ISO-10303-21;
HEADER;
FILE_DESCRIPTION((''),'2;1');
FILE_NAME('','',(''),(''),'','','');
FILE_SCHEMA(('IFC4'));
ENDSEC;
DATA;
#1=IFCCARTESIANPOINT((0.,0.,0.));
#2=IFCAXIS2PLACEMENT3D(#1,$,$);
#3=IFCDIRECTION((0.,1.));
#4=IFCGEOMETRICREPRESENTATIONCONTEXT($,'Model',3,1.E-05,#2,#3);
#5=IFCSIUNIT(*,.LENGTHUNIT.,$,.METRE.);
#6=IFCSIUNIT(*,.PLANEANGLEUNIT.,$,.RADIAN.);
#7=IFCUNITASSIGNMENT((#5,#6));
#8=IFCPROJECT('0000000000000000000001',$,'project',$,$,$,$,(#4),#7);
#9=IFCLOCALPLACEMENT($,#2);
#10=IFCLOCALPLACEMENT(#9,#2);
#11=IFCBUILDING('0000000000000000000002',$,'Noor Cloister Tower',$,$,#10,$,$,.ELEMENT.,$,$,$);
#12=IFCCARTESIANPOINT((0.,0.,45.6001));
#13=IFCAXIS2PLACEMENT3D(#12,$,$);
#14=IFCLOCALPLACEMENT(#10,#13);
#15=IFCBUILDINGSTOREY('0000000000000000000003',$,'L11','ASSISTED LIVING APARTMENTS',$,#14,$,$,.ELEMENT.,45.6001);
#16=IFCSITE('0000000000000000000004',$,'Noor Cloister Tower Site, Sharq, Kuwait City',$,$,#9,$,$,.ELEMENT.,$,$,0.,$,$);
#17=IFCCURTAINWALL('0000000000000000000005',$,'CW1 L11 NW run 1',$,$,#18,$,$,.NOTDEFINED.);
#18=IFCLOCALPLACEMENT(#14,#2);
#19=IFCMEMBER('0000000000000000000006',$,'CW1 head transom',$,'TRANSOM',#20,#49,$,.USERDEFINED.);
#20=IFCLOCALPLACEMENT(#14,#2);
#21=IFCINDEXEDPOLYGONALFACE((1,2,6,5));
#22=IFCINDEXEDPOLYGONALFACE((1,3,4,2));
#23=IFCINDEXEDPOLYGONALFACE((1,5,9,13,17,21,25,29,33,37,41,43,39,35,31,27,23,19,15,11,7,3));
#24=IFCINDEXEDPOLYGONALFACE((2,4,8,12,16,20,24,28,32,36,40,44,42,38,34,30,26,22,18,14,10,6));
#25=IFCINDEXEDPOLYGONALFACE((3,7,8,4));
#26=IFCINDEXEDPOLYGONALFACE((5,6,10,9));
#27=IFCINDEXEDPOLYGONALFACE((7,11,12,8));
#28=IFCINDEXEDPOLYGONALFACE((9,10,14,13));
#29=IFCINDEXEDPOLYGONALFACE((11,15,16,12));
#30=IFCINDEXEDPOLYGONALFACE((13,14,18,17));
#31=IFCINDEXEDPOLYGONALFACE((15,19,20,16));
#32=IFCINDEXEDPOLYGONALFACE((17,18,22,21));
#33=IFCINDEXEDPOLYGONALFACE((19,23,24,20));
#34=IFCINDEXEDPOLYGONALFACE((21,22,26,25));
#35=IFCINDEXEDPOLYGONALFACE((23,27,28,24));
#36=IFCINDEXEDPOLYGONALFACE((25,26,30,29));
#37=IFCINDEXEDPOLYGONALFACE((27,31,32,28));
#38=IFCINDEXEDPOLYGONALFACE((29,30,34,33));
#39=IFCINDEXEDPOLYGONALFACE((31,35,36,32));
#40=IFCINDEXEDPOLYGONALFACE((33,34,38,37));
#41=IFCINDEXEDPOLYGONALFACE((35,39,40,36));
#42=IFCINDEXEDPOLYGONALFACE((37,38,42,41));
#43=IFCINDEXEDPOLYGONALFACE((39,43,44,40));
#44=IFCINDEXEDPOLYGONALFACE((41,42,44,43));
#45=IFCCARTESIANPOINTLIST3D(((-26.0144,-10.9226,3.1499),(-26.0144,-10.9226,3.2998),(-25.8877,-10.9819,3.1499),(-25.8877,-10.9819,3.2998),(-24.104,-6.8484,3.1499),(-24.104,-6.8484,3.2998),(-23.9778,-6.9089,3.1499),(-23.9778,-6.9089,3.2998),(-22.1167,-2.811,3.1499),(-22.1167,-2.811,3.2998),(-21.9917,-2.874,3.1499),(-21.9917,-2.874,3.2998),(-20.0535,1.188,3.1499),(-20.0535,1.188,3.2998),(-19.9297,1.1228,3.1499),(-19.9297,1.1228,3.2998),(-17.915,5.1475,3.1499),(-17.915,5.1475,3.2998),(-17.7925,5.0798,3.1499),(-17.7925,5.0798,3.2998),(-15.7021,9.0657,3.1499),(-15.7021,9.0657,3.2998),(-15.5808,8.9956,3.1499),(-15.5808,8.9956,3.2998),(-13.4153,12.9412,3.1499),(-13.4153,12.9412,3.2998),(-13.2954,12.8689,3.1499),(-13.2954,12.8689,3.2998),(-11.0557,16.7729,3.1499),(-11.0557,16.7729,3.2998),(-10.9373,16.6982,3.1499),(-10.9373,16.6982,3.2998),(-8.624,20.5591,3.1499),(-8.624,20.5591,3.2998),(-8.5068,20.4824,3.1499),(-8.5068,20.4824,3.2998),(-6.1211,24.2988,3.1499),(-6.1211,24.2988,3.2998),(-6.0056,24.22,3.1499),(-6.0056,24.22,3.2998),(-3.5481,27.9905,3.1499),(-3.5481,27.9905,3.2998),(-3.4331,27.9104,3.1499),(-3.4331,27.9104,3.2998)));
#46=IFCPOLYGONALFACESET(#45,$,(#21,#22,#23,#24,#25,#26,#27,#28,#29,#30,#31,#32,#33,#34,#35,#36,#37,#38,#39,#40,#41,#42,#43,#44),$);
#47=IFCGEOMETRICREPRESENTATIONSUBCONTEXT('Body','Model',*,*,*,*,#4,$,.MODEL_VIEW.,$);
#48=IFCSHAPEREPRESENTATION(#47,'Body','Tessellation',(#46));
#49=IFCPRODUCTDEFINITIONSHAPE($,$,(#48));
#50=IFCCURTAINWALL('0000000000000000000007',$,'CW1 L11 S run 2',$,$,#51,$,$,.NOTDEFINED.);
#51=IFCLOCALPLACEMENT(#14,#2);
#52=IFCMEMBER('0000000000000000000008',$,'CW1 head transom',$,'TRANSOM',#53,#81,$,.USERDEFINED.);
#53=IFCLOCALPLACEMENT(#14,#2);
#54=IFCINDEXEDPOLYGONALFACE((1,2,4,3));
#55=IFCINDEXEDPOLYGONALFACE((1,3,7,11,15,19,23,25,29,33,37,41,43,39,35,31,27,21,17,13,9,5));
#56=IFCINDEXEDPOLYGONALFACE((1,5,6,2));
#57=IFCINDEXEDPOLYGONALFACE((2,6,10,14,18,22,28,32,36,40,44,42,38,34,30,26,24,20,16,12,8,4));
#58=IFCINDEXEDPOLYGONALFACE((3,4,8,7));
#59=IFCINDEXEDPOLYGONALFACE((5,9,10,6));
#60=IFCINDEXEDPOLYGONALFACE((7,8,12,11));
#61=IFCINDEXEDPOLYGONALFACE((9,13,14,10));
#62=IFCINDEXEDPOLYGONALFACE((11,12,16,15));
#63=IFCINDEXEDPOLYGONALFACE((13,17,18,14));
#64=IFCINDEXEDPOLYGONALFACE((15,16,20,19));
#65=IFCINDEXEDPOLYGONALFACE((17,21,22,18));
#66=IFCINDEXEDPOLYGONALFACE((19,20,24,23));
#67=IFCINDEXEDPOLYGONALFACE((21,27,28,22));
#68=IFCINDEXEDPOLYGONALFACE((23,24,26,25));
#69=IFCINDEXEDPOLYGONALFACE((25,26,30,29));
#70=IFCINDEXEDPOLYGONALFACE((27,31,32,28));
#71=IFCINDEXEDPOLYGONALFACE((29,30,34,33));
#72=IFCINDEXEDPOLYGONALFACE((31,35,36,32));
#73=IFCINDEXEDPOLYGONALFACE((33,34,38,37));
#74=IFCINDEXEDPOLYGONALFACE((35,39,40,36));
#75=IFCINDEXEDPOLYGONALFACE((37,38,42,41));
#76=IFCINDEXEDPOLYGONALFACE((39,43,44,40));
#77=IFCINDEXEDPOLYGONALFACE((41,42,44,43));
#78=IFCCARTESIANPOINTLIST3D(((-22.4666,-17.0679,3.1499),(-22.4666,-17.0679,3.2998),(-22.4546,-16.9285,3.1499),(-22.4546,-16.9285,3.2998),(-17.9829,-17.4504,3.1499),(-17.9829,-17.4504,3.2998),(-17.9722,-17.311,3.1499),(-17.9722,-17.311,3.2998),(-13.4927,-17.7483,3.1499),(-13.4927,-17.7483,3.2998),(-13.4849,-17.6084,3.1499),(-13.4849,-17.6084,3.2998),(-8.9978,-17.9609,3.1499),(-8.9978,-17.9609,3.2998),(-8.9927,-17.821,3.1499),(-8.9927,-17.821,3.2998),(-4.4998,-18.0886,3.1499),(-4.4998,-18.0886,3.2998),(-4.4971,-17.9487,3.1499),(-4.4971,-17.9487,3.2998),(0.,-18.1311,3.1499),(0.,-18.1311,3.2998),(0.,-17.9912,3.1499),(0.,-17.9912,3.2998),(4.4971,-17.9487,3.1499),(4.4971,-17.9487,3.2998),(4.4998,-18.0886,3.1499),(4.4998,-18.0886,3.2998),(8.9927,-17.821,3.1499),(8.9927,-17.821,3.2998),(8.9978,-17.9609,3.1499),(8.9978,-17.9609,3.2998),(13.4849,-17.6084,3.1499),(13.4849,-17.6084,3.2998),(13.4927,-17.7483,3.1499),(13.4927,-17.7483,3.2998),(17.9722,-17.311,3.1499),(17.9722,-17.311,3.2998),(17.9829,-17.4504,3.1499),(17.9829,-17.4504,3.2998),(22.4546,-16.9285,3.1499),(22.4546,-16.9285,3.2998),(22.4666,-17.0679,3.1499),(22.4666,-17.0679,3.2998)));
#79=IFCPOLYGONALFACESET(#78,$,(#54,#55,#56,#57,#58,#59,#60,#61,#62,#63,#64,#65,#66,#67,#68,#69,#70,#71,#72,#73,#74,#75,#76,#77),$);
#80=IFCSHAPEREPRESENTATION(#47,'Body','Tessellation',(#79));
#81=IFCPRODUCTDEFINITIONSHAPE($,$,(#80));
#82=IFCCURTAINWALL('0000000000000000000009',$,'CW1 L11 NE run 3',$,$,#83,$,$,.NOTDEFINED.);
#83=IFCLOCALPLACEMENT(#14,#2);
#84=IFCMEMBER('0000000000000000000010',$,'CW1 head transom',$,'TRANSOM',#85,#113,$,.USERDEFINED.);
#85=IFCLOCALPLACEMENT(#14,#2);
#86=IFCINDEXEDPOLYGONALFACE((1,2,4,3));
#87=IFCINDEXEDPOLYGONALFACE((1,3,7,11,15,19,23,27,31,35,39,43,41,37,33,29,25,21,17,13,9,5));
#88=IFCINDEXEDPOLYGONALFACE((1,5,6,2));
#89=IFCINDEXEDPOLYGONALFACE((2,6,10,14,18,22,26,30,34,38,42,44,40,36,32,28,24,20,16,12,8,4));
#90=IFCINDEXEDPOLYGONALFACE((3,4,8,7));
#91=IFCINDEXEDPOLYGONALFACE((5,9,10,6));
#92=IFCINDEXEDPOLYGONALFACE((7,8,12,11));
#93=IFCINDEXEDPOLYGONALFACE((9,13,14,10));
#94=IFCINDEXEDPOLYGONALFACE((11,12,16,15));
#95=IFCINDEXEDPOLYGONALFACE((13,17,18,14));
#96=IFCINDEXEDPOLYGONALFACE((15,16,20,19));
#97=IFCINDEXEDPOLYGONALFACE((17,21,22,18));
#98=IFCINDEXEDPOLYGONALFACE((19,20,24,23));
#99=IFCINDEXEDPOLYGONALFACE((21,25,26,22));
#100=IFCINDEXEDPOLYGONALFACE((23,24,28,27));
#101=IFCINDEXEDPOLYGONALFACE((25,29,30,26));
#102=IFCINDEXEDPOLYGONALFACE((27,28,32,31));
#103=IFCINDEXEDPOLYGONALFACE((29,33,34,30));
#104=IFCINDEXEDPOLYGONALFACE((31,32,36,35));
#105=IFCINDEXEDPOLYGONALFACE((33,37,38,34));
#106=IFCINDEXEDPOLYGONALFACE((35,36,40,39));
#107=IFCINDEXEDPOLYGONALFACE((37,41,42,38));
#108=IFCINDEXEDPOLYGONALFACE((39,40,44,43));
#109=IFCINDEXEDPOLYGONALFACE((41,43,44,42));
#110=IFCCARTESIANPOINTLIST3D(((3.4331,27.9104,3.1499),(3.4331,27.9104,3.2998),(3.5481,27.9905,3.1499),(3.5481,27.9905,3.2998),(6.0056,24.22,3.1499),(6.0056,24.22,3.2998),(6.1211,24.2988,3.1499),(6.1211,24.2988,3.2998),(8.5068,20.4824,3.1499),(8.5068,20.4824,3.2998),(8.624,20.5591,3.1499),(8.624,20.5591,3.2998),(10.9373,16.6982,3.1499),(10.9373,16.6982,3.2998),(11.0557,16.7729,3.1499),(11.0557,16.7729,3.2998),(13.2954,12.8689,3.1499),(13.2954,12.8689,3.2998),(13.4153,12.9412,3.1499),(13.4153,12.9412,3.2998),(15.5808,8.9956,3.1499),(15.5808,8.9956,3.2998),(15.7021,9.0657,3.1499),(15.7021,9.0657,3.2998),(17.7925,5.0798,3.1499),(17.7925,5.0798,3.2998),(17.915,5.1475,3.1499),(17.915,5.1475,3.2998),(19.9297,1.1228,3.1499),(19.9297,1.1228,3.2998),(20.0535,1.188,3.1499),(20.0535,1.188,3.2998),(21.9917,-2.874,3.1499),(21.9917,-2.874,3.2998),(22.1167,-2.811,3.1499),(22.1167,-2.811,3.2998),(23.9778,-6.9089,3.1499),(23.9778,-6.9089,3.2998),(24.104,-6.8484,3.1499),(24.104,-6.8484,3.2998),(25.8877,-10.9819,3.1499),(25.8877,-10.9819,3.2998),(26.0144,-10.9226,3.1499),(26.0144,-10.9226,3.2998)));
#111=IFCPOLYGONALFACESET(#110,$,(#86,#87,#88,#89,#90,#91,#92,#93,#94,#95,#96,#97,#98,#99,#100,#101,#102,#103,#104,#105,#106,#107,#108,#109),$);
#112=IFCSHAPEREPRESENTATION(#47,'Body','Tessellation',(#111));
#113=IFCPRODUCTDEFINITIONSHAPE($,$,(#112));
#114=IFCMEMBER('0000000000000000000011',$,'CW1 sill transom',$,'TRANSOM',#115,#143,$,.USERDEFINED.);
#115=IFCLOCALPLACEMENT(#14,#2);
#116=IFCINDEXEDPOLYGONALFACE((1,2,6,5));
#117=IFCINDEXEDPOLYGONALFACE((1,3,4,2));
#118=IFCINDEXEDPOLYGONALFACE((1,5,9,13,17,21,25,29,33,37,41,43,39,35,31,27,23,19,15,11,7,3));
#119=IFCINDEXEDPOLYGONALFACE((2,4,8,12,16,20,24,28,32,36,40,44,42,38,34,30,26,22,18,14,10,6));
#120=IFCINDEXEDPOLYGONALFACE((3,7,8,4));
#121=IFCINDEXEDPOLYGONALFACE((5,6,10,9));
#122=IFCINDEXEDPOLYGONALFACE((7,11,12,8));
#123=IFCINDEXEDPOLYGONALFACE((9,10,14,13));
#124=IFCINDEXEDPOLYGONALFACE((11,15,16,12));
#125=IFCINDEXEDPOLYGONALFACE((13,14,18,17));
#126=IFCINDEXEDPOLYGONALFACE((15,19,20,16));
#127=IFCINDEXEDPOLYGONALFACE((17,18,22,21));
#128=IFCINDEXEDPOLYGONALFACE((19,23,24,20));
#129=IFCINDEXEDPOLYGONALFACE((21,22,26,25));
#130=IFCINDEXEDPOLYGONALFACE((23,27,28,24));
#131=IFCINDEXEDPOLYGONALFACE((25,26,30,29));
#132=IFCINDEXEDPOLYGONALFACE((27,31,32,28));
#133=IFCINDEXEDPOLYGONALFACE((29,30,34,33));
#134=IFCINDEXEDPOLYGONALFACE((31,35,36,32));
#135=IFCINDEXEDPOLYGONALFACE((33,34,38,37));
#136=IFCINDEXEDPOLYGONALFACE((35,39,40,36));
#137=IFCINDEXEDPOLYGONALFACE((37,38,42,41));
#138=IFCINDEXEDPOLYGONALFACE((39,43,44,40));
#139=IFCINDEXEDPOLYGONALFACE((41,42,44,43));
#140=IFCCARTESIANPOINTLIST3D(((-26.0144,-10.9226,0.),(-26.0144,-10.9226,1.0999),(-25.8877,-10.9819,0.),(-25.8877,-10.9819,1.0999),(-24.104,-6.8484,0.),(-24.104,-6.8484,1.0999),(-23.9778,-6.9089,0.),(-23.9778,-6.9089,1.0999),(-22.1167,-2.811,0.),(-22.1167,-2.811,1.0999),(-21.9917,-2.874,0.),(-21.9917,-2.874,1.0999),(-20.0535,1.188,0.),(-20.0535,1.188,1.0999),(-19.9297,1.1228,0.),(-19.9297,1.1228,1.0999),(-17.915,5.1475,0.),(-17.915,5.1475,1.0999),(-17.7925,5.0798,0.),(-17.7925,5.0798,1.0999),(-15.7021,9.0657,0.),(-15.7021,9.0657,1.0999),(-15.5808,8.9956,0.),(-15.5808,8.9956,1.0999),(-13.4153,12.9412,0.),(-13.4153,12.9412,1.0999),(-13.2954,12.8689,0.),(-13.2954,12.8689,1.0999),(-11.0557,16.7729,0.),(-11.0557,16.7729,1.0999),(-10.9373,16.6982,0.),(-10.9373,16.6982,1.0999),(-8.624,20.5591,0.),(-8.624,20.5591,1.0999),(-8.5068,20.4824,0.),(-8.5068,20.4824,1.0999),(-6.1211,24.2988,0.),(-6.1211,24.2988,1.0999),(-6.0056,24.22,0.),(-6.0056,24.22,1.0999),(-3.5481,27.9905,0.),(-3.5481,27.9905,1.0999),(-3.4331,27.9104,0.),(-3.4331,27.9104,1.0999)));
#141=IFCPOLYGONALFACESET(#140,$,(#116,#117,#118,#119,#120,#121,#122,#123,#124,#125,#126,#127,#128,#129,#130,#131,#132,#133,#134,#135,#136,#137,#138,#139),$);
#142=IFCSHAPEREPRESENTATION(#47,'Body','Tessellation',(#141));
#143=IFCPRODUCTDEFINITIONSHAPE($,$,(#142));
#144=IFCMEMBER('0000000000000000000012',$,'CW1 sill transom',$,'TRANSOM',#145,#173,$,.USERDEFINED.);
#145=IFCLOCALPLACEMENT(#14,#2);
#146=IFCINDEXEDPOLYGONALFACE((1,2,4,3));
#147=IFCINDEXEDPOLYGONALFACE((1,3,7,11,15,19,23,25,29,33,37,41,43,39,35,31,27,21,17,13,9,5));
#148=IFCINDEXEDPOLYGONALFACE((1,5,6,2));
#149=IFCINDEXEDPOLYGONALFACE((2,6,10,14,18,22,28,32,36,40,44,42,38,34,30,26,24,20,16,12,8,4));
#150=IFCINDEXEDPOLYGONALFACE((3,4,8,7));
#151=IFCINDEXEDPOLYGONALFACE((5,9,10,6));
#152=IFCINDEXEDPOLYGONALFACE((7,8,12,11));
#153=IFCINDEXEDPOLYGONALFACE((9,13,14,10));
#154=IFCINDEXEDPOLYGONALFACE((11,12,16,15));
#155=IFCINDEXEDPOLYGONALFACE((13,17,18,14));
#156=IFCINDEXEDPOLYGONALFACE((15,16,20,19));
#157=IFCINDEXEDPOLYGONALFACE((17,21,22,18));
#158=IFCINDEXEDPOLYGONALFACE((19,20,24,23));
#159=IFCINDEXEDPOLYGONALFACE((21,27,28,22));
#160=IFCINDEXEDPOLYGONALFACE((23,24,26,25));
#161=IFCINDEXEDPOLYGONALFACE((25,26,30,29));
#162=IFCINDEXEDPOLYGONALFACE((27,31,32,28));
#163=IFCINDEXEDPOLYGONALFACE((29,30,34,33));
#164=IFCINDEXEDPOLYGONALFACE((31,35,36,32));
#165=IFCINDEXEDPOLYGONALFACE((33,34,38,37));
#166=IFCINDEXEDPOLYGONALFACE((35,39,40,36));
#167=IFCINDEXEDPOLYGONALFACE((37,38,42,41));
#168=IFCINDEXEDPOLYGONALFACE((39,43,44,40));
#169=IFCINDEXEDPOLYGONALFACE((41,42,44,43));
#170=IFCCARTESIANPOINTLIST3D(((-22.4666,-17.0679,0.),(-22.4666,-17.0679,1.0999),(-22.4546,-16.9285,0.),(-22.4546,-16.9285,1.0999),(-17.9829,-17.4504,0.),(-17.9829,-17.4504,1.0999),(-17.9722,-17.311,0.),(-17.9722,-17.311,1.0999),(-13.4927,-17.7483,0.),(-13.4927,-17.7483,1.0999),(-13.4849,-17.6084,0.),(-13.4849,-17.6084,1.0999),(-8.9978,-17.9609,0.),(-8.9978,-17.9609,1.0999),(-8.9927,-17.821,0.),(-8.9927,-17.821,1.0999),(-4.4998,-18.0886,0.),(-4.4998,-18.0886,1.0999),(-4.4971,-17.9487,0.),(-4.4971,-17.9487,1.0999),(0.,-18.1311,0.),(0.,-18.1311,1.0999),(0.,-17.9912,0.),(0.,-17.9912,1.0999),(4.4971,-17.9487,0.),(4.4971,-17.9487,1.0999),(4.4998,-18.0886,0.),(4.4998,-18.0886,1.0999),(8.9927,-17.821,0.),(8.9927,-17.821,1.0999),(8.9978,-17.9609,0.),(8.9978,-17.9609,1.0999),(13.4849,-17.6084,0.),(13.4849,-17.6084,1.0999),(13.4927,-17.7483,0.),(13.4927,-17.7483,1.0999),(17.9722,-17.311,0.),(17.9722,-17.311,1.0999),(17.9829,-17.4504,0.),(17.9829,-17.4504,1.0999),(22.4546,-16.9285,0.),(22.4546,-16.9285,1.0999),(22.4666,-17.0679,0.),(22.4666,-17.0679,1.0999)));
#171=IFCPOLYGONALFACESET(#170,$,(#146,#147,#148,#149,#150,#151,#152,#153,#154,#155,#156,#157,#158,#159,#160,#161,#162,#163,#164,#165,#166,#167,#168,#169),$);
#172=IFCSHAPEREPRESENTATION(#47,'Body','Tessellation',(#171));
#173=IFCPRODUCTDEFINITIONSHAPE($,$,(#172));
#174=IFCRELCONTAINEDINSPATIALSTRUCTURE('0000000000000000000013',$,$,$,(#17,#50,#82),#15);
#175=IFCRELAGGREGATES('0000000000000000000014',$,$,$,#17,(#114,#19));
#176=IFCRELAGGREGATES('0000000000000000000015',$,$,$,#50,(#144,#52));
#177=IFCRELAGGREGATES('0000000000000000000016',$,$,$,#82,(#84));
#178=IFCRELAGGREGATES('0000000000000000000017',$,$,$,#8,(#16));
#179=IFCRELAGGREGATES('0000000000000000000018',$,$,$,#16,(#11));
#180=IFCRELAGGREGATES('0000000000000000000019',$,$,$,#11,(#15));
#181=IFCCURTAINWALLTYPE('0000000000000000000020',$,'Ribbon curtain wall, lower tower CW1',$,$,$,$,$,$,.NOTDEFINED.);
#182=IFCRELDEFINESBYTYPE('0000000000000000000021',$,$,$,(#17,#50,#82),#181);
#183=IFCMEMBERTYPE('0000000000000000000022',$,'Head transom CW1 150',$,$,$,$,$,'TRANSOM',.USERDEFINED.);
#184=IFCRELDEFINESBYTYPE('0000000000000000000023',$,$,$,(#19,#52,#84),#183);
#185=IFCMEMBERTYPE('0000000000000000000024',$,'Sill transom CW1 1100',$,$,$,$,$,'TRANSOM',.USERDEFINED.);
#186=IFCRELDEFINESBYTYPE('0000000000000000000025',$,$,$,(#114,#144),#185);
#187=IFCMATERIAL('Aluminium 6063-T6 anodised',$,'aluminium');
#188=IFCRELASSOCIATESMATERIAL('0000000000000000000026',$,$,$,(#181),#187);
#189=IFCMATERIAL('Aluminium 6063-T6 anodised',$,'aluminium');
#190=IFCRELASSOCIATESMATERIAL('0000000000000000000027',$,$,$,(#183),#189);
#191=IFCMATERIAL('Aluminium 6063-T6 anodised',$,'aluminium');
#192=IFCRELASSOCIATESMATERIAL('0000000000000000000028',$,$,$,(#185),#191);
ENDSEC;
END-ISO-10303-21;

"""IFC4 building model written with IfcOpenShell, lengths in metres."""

from ifc_helpers import new_model, si_unit, direction, frame, origin, place, context, subcontext, project, spatial, polyline, outline, extrude, material, type_object, element, aggregate, save


model = new_model("IFC4")

# Units and contexts
model_context = context("Model", 3, precision=1e-05, world=origin(), true_north=direction((0.0, 1.0)))
body_context = subcontext(model_context, "Body", "Model", "MODEL_VIEW")
ifc_project = project(units=[si_unit("LENGTHUNIT", "METRE"), si_unit("PLANEANGLEUNIT", "RADIAN")], contexts=[model_context])

# Site, building, storey
site_placement = place(None, origin())
site = spatial("IfcSite", under=ifc_project, at=site_placement, Name="Noor Cloister Tower Site, Sharq, Kuwait City", CompositionType="ELEMENT", RefElevation=0.0)
building_placement = place(site_placement, origin())
building = spatial("IfcBuilding", under=site, at=building_placement, Name="Noor Cloister Tower", CompositionType="ELEMENT")
storey_placement = place(building_placement, frame((0.0, 0.0, 45.6001)))
storey = spatial("IfcBuildingStorey", under=building, at=storey_placement, Name="L11", Description="ASSISTED LIVING APARTMENTS", CompositionType="ELEMENT", Elevation=45.6001)

# Curtain walls, members
ifc_material_1 = material(Name="Aluminium 6063-T6 anodised", Category="aluminium")
curtain_wall_type = type_object("IfcCurtainWallType", Name="Ribbon curtain wall, lower tower CW1", PredefinedType="NOTDEFINED", material=ifc_material_1)
curtain_wall_1_placement = place(storey_placement, origin())
curtain_wall_1 = element("IfcCurtainWall", 1, at=curtain_wall_1_placement, inside=storey, type_object=curtain_wall_type, Name="CW1 L11 NW run 1", PredefinedType="NOTDEFINED")
ifc_material_2 = material(Name="Aluminium 6063-T6 anodised", Category="aluminium")
member_type_1 = type_object("IfcMemberType", Name="Head transom CW1 150", ElementType="TRANSOM", PredefinedType="USERDEFINED", material=ifc_material_2)
member_1_placement = place(storey_placement, frame((0.0, 0.0, 3.1499)))
member_1 = element("IfcMember", 2, at=member_1_placement, type_object=member_type_1, Name="CW1 head transom", ObjectType="TRANSOM", PredefinedType="USERDEFINED", context=body_context, shape_type="SweptSolid", body=[
    extrude(outline(polyline([(-3.5481, 27.9905), (-6.1211, 24.2988), (-8.624, 20.5591), (-11.0557, 16.7729), (-13.4153, 12.9412), (-15.7021, 9.0657), (-17.915, 5.1475), (-20.0535, 1.188), (-22.1167, -2.811), (-24.104, -6.8484), (-26.0144, -10.9226), (-25.8877, -10.9819), (-23.9778, -6.9089), (-21.9917, -2.874), (-19.9297, 1.1228), (-17.7925, 5.0798), (-15.5808, 8.9956), (-13.2954, 12.8689), (-10.9373, 16.6982), (-8.5068, 20.4824), (-6.0056, 24.22), (-3.4331, 27.9104), (-3.5481, 27.9905)])), origin(), (0.0, 0.0, 1.0), 0.1499),
])
curtain_wall_2_placement = place(storey_placement, origin())
curtain_wall_2 = element("IfcCurtainWall", 3, at=curtain_wall_2_placement, inside=storey, type_object=curtain_wall_type, Name="CW1 L11 S run 2", PredefinedType="NOTDEFINED")
member_2_placement = place(storey_placement, frame((0.0, 0.0, 3.1499)))
member_2 = element("IfcMember", 4, at=member_2_placement, type_object=member_type_1, Name="CW1 head transom", ObjectType="TRANSOM", PredefinedType="USERDEFINED", context=body_context, shape_type="SweptSolid", body=[
    extrude(outline(polyline([(-22.4666, -17.0679), (-17.9829, -17.4504), (-13.4927, -17.7483), (-8.9978, -17.9609), (-4.4998, -18.0886), (0.0, -18.1311), (4.4998, -18.0886), (8.9978, -17.9609), (13.4927, -17.7483), (17.9829, -17.4504), (22.4666, -17.0679), (22.4546, -16.9285), (17.9722, -17.311), (13.4849, -17.6084), (8.9927, -17.821), (4.4971, -17.9487), (0.0, -17.9912), (-4.4971, -17.9487), (-8.9927, -17.821), (-13.4849, -17.6084), (-17.9722, -17.311), (-22.4546, -16.9285), (-22.4666, -17.0679)])), origin(), (0.0, 0.0, 1.0), 0.1499),
])
curtain_wall_3_placement = place(storey_placement, origin())
curtain_wall_3 = element("IfcCurtainWall", 5, at=curtain_wall_3_placement, inside=storey, type_object=curtain_wall_type, Name="CW1 L11 NE run 3", PredefinedType="NOTDEFINED")
member_3_placement = place(storey_placement, frame((0.0, 0.0, 3.1499)))
member_3 = element("IfcMember", 6, at=member_3_placement, type_object=member_type_1, Name="CW1 head transom", ObjectType="TRANSOM", PredefinedType="USERDEFINED", context=body_context, shape_type="SweptSolid", body=[
    extrude(outline(polyline([(26.0144, -10.9226), (24.104, -6.8484), (22.1167, -2.811), (20.0535, 1.188), (17.915, 5.1475), (15.7021, 9.0657), (13.4153, 12.9412), (11.0557, 16.7729), (8.624, 20.5591), (6.1211, 24.2988), (3.5481, 27.9905), (3.4331, 27.9104), (6.0056, 24.22), (8.5068, 20.4824), (10.9373, 16.6982), (13.2954, 12.8689), (15.5808, 8.9956), (17.7925, 5.0798), (19.9297, 1.1228), (21.9917, -2.874), (23.9778, -6.9089), (25.8877, -10.9819), (26.0144, -10.9226)])), origin(), (0.0, 0.0, 1.0), 0.1499),
])

# Members
ifc_material_3 = material(Name="Aluminium 6063-T6 anodised", Category="aluminium")
member_type_2 = type_object("IfcMemberType", Name="Sill transom CW1 1100", ElementType="TRANSOM", PredefinedType="USERDEFINED", material=ifc_material_3)
member_4_placement = place(storey_placement, origin())
member_4 = element("IfcMember", 7, at=member_4_placement, type_object=member_type_2, Name="CW1 sill transom", ObjectType="TRANSOM", PredefinedType="USERDEFINED", context=body_context, shape_type="SweptSolid", body=[
    extrude(outline(polyline([(-3.5481, 27.9905), (-6.1211, 24.2988), (-8.624, 20.5591), (-11.0557, 16.7729), (-13.4153, 12.9412), (-15.7021, 9.0657), (-17.915, 5.1475), (-20.0535, 1.188), (-22.1167, -2.811), (-24.104, -6.8484), (-26.0144, -10.9226), (-25.8877, -10.9819), (-23.9778, -6.9089), (-21.9917, -2.874), (-19.9297, 1.1228), (-17.7925, 5.0798), (-15.5808, 8.9956), (-13.2954, 12.8689), (-10.9373, 16.6982), (-8.5068, 20.4824), (-6.0056, 24.22), (-3.4331, 27.9104), (-3.5481, 27.9905)])), origin(), (0.0, 0.0, 1.0), 1.0999),
])
aggregate(curtain_wall_1, [member_4, member_1])
member_5_placement = place(storey_placement, origin())
member_5 = element("IfcMember", 8, at=member_5_placement, type_object=member_type_2, Name="CW1 sill transom", ObjectType="TRANSOM", PredefinedType="USERDEFINED", context=body_context, shape_type="SweptSolid", body=[
    extrude(outline(polyline([(-22.4666, -17.0679), (-17.9829, -17.4504), (-13.4927, -17.7483), (-8.9978, -17.9609), (-4.4998, -18.0886), (0.0, -18.1311), (4.4998, -18.0886), (8.9978, -17.9609), (13.4927, -17.7483), (17.9829, -17.4504), (22.4666, -17.0679), (22.4546, -16.9285), (17.9722, -17.311), (13.4849, -17.6084), (8.9927, -17.821), (4.4971, -17.9487), (0.0, -17.9912), (-4.4971, -17.9487), (-8.9927, -17.821), (-13.4849, -17.6084), (-17.9722, -17.311), (-22.4546, -16.9285), (-22.4666, -17.0679)])), origin(), (0.0, 0.0, 1.0), 1.0999),
])
aggregate(curtain_wall_2, [member_5, member_2])
aggregate(curtain_wall_3, [member_3])

save(model, "model.ifc")
